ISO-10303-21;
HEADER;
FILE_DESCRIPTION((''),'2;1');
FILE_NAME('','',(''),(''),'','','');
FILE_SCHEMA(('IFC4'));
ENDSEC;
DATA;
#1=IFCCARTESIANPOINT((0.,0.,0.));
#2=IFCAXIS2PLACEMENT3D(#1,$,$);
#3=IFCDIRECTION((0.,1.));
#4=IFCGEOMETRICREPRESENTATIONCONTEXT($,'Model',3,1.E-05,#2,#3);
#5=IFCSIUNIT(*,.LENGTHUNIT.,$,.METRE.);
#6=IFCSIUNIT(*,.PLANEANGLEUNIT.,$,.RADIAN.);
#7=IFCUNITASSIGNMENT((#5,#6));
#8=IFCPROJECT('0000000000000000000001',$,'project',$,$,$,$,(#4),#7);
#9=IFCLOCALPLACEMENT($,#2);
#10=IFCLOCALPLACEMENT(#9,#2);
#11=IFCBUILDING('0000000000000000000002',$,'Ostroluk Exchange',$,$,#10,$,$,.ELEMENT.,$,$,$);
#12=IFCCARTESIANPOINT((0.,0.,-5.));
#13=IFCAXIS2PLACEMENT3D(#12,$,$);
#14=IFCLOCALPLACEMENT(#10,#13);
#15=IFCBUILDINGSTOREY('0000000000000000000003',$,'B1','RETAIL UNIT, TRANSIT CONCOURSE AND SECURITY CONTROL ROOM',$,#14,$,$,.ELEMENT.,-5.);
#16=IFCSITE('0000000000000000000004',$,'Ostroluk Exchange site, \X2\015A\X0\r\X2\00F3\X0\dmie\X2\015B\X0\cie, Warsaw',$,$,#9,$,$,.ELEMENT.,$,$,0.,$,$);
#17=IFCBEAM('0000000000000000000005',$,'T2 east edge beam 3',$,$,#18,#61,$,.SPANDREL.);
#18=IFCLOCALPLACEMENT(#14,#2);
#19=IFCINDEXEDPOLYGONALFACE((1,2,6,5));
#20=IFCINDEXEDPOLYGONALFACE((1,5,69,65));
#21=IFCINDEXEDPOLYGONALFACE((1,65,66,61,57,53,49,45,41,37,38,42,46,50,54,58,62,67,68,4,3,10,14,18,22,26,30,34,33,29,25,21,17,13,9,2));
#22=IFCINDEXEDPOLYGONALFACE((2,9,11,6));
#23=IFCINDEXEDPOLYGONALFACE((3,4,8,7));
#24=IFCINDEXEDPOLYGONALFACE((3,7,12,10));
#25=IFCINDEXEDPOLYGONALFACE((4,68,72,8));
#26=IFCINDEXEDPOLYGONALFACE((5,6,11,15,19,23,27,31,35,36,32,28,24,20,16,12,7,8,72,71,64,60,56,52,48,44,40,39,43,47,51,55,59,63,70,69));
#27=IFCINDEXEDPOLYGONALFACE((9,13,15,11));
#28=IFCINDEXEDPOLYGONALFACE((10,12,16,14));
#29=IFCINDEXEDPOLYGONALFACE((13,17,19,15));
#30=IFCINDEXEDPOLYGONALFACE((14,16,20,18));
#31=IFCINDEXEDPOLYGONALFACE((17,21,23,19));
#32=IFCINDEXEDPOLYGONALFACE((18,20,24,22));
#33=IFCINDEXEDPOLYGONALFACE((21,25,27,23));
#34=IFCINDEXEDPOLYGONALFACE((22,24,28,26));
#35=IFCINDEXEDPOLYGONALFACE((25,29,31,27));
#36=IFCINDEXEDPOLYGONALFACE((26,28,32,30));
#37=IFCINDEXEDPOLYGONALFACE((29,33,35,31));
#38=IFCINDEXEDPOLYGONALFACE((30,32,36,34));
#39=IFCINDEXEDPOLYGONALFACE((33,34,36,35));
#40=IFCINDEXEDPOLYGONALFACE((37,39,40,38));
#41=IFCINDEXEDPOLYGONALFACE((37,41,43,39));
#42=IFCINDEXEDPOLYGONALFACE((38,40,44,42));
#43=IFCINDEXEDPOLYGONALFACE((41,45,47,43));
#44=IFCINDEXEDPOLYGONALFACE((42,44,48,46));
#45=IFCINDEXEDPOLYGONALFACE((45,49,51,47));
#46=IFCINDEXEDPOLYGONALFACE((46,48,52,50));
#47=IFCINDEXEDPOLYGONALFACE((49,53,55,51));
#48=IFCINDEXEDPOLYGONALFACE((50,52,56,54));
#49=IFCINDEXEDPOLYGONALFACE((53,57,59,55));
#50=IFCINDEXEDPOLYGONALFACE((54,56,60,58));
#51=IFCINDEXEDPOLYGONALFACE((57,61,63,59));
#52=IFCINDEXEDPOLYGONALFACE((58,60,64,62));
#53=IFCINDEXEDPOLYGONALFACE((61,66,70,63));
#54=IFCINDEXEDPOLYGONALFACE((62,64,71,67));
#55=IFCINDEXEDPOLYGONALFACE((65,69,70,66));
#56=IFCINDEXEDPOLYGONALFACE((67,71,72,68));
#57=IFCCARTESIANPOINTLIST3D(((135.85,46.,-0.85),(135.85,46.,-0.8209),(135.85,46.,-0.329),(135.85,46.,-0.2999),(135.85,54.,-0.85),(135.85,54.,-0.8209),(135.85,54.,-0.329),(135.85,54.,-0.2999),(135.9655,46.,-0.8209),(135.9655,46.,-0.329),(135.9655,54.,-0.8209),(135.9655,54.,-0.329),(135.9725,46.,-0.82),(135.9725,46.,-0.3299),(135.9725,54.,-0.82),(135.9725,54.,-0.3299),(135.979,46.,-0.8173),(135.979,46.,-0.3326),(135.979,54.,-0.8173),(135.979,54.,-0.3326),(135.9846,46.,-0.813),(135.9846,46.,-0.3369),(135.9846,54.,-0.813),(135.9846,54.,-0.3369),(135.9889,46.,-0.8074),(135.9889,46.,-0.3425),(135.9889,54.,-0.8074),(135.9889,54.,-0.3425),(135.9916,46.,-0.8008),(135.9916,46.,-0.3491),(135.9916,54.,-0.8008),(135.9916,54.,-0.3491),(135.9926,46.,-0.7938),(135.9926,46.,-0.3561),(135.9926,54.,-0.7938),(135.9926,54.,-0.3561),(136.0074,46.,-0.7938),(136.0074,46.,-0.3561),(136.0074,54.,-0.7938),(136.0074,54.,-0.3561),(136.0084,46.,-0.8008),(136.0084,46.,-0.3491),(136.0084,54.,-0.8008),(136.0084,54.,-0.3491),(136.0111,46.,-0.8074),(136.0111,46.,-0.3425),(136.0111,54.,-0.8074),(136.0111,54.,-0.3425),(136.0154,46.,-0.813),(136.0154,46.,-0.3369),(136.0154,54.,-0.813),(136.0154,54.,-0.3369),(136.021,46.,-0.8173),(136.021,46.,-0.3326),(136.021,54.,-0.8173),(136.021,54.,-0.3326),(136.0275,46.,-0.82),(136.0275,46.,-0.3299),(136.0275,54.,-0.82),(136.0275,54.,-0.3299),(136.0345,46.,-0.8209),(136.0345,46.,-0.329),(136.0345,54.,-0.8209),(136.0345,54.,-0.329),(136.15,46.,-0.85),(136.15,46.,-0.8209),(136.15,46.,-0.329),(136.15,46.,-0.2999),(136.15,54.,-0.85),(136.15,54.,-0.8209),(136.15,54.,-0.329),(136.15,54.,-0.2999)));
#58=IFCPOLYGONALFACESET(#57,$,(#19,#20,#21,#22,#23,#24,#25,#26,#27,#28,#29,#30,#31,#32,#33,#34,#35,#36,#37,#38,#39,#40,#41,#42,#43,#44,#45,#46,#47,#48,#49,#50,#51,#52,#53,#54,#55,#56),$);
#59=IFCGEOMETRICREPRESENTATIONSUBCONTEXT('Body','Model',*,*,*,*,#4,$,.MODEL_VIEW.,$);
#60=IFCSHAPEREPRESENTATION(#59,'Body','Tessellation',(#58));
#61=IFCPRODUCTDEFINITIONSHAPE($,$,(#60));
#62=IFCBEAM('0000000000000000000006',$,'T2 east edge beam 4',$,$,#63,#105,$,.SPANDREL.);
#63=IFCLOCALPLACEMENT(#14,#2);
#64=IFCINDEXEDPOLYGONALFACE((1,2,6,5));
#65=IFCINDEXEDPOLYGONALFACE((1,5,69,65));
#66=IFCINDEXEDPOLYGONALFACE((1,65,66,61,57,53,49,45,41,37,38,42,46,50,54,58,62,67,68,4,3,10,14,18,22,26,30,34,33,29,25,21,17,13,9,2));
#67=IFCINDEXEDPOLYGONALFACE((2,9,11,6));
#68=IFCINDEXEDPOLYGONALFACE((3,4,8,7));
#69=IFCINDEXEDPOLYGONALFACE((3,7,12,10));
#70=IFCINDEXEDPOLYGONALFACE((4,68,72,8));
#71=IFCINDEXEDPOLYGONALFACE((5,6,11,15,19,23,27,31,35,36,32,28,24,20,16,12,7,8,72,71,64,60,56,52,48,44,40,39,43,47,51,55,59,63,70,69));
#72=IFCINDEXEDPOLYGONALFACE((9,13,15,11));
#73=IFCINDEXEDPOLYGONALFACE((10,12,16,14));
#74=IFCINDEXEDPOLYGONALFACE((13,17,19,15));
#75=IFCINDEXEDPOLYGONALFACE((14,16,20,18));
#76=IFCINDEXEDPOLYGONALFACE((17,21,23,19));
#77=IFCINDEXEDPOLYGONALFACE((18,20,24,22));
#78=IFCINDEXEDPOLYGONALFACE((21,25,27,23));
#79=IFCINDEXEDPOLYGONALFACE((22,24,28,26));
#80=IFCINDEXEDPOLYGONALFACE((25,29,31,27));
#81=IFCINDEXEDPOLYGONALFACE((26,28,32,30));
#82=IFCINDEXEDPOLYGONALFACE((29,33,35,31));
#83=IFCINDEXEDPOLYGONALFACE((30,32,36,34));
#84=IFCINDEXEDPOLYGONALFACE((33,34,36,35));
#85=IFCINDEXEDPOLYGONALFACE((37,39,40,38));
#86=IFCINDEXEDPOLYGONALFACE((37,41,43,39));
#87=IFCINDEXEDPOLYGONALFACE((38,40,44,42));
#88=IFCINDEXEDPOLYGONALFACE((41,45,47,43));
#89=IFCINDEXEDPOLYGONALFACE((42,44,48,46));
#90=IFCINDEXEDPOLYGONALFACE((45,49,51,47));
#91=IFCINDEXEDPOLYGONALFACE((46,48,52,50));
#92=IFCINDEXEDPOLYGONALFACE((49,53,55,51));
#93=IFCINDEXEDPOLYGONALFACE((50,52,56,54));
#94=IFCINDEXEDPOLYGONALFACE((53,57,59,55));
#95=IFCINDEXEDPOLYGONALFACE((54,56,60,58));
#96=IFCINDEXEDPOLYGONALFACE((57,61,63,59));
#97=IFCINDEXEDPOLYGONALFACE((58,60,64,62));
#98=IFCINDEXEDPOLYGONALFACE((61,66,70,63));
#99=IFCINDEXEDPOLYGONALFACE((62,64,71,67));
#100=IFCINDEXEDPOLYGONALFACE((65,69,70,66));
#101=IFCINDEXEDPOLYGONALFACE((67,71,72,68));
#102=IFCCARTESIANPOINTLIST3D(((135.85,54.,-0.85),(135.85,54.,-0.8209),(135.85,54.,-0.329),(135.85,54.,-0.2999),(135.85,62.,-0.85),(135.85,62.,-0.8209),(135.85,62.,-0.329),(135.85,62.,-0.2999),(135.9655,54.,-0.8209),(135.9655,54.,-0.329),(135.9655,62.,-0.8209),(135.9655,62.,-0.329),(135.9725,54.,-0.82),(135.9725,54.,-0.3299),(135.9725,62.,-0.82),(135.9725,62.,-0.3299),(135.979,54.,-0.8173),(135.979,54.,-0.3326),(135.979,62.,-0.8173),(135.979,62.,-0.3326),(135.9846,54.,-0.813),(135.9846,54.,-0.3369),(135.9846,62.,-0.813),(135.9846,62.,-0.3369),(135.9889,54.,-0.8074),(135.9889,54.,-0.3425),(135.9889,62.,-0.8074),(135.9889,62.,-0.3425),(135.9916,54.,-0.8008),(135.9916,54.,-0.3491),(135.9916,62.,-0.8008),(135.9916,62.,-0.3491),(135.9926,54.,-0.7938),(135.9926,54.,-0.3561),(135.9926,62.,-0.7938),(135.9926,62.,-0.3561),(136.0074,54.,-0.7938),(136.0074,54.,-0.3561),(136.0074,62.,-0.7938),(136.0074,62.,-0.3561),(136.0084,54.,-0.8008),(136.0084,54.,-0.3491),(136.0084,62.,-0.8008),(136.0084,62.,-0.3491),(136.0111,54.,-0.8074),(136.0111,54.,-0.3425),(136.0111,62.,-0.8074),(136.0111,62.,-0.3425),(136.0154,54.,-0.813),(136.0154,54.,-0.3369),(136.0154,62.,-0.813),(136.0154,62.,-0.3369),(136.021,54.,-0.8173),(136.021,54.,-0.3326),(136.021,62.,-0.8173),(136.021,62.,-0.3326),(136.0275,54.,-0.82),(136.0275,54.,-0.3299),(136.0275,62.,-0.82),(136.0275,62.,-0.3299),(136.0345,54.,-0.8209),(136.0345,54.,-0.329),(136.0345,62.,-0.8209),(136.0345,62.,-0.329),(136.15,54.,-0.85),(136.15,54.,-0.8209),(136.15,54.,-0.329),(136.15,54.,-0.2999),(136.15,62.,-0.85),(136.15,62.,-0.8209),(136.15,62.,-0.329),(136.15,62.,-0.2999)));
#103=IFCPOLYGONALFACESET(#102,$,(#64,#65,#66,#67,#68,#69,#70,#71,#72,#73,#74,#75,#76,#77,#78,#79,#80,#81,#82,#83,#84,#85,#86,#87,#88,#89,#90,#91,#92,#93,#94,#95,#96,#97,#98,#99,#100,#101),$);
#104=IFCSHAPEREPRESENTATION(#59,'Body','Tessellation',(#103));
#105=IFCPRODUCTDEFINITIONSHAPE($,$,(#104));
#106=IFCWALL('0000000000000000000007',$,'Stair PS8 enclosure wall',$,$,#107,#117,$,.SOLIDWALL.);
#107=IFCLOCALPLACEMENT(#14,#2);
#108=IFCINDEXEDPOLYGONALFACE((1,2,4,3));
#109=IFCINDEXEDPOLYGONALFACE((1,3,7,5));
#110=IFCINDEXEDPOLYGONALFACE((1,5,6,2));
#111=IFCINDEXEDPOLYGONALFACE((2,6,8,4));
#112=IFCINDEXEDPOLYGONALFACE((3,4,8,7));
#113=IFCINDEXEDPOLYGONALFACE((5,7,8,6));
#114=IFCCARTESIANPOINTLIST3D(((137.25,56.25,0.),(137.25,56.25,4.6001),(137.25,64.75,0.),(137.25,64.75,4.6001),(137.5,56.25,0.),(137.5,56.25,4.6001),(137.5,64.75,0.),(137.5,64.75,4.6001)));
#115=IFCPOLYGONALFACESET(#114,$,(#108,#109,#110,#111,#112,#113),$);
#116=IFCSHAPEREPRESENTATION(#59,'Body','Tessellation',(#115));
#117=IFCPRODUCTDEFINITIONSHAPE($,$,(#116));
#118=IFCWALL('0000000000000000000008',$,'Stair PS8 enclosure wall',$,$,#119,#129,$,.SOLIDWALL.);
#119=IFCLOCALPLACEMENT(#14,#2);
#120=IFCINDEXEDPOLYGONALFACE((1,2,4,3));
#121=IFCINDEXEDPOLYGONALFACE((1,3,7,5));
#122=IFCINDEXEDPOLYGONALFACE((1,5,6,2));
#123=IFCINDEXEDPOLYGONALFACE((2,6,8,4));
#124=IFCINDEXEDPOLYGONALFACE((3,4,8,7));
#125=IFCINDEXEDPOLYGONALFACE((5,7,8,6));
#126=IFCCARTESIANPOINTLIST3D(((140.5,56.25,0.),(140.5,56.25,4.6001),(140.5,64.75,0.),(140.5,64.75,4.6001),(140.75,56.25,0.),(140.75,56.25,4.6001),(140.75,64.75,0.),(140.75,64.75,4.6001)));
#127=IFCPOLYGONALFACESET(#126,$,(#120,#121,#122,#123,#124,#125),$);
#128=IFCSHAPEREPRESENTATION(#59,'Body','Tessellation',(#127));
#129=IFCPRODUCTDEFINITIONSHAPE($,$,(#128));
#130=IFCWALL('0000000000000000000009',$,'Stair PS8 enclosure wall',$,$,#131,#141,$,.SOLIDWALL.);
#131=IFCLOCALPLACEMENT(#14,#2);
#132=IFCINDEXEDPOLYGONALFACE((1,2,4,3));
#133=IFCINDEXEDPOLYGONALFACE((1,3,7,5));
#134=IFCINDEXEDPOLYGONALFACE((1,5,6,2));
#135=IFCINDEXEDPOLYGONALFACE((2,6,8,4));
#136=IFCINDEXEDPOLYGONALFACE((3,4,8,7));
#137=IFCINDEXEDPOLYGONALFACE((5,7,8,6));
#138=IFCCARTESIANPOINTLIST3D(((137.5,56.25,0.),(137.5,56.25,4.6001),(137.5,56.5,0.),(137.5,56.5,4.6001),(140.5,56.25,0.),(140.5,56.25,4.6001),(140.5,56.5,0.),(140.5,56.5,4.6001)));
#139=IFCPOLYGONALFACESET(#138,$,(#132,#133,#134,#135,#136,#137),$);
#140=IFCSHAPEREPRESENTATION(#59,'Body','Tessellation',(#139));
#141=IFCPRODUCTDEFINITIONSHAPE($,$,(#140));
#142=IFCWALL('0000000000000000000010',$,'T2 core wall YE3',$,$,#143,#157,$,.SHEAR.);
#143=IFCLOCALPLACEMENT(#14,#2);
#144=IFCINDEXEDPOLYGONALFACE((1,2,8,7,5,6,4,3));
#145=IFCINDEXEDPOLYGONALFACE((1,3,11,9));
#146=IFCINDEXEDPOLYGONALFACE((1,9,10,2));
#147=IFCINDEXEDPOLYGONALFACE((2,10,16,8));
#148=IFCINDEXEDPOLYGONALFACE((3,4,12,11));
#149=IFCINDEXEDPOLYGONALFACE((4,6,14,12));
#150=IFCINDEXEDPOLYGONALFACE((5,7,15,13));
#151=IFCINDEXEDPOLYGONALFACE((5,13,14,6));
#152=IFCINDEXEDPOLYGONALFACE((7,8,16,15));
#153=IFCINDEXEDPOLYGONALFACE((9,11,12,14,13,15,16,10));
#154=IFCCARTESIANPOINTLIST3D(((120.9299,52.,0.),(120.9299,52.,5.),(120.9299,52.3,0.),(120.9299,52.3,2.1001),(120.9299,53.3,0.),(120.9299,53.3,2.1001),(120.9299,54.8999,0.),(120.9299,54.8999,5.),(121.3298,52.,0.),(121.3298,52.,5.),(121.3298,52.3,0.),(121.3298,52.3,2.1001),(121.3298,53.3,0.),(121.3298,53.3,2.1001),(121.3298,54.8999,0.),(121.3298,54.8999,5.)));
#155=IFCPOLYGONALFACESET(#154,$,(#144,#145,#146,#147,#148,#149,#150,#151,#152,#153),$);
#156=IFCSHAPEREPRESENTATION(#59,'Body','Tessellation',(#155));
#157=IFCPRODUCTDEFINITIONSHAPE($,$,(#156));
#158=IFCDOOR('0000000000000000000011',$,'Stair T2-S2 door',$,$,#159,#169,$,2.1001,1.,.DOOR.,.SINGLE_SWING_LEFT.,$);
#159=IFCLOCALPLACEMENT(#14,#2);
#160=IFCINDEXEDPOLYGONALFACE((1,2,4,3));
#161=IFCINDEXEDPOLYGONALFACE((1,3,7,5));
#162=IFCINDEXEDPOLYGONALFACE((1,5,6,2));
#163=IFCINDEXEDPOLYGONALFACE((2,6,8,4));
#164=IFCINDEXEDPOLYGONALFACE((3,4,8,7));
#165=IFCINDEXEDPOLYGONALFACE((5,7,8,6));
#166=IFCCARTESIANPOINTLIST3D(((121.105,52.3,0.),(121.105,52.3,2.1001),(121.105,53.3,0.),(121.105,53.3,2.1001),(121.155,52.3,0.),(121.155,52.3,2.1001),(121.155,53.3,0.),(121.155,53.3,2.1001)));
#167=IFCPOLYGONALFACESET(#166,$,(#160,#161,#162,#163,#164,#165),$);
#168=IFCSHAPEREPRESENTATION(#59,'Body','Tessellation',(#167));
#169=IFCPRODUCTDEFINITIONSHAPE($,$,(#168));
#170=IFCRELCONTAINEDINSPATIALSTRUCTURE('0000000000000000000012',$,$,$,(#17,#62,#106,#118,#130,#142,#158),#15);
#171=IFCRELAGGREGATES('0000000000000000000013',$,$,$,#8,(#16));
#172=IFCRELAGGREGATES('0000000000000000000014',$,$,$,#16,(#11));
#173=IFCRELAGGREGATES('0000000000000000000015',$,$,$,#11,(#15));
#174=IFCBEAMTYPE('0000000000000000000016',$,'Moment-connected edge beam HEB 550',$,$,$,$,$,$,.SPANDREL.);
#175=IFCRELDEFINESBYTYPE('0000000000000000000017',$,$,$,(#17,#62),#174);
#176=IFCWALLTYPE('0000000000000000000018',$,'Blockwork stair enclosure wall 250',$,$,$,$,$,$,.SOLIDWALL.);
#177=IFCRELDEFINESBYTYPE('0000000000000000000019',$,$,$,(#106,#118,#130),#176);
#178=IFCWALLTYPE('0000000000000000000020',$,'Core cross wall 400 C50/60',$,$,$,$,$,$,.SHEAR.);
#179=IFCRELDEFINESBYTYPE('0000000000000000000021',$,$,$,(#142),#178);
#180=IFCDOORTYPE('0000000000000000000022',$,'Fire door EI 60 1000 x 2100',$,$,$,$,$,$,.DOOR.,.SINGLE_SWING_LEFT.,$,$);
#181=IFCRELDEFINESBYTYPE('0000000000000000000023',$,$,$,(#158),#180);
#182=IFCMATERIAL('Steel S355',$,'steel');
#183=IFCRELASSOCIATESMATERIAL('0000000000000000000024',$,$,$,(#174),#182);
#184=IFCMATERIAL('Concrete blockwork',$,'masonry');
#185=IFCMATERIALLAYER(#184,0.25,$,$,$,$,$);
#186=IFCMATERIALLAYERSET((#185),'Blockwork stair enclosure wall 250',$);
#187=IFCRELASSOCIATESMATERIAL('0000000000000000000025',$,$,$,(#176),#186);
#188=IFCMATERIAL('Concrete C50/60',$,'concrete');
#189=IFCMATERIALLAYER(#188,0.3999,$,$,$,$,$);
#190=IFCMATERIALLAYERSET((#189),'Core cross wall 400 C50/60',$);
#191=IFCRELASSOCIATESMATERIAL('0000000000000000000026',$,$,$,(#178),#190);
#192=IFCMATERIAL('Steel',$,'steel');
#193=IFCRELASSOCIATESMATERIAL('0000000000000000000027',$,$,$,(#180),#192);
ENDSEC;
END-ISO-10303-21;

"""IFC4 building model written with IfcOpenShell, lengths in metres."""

from ifc_helpers import new_model, si_unit, direction, frame, frame_2d, origin, origin_2d, place, context, subcontext, project, spatial, rectangle, i_section, extrude, material, layer, layer_set, material_profile, profile_set, type_object, element, fill, save


model = new_model("IFC4")

# Units and contexts
model_context = context("Model", 3, precision=1e-05, world=origin(), true_north=direction((0.0, 1.0)))
body_context = subcontext(model_context, "Body", "Model", "MODEL_VIEW")
ifc_project = project(units=[si_unit("LENGTHUNIT", "METRE"), si_unit("PLANEANGLEUNIT", "RADIAN")], contexts=[model_context])

# Site, building, storey
site_placement = place(None, origin())
site = spatial("IfcSite", under=ifc_project, at=site_placement, Name="Ostroluk Exchange site, Śródmieście, Warsaw", CompositionType="ELEMENT", RefElevation=0.0)
building_placement = place(site_placement, origin())
building = spatial("IfcBuilding", under=site, at=building_placement, Name="Ostroluk Exchange", CompositionType="ELEMENT")
storey_placement = place(building_placement, frame((0.0, 0.0, -5.0)))
storey = spatial("IfcBuildingStorey", under=building, at=storey_placement, Name="B1", Description="RETAIL UNIT, TRANSIT CONCOURSE AND SECURITY CONTROL ROOM", CompositionType="ELEMENT", Elevation=-5.0)

# Beams
ifc_material_1 = material(Name="Steel S355", Category="steel")
ifc_material_profile_1 = material_profile(ifc_material_1, i_section(OverallWidth=0.3, OverallDepth=0.55, WebThickness=0.0149, FlangeThickness=0.0291, FilletRadius=0.0271, at=origin_2d()), Name="HEB 550")
ifc_profile_set_1 = profile_set([ifc_material_profile_1], Name="Steel S355")
beam_type_1 = type_object("IfcBeamType", Name="Moment-connected edge beam HEB 550", PredefinedType="SPANDREL", material=ifc_profile_set_1)
for number, where, z_axis, x_axis, name in (
    (1, (136.0, 46.0, -0.575), (0.0, 1.0, 0.0), (-1.0, 0.0, 0.0), "T2 east edge beam 3"),
    (2, (136.0, 54.0, -0.575), (0.0, 1.0, 0.0), (-1.0, 0.0, 0.0), "T2 east edge beam 4"),
):
    element("IfcBeam", number, at=place(storey_placement, frame(where, z_axis=z_axis, x_axis=x_axis)), inside=storey, type_object=beam_type_1, Name=name, PredefinedType="SPANDREL", context=body_context, shape_type="SweptSolid", body=[
        extrude(i_section(OverallWidth=0.3, OverallDepth=0.55, WebThickness=0.0149, FlangeThickness=0.0291, FilletRadius=0.0271, at=origin_2d()), origin(), (0.0, 0.0, 1.0), 8.0),
    ])

# Walls
ifc_material_2 = material(Name="Concrete blockwork", Category="masonry")
ifc_layer_1 = layer(ifc_material_2, 0.25)
ifc_layer_set_1 = layer_set([ifc_layer_1], Name="Blockwork stair enclosure wall 250")
wall_type_1 = type_object("IfcWallType", Name="Blockwork stair enclosure wall 250", PredefinedType="SOLIDWALL", material=ifc_layer_set_1)
for number, where, z_axis, x_axis, name in (
    (3, (137.375, 56.25, 0.0), (0.0, 0.0, 1.0), (0.0, 1.0, 0.0), "Stair PS8 enclosure wall"),
    (4, (140.625, 56.25, 0.0), (0.0, 0.0, 1.0), (0.0, 1.0, 0.0), "Stair PS8 enclosure wall"),
):
    element("IfcWall", number, at=place(storey_placement, frame(where, z_axis=z_axis, x_axis=x_axis)), inside=storey, type_object=wall_type_1, Name=name, PredefinedType="SOLIDWALL", context=body_context, shape_type="SweptSolid", body=[
        extrude(rectangle(XDim=8.5, YDim=0.25, at=frame_2d((4.25, 0.0))), origin(), (0.0, 0.0, 1.0), 4.6001),
    ])
wall_1_placement = place(storey_placement, frame((137.5, 56.375, 0.0), z_axis=(0.0, 0.0, 1.0), x_axis=(1.0, 0.0, 0.0)))
element("IfcWall", 5, at=wall_1_placement, inside=storey, type_object=wall_type_1, Name="Stair PS8 enclosure wall", PredefinedType="SOLIDWALL", context=body_context, shape_type="SweptSolid", body=[
    extrude(rectangle(XDim=3.0, YDim=0.25, at=frame_2d((1.5, 0.0))), origin(), (0.0, 0.0, 1.0), 4.6001),
])

# Wall, opening, door
ifc_material_3 = material(Name="Concrete C50/60", Category="concrete")
ifc_layer_2 = layer(ifc_material_3, 0.3999)
ifc_layer_set_2 = layer_set([ifc_layer_2], Name="Core cross wall 400 C50/60")
wall_type_2 = type_object("IfcWallType", Name="Core cross wall 400 C50/60", PredefinedType="SHEAR", material=ifc_layer_set_2)
wall_2_placement = place(storey_placement, frame((121.1299, 52.0, 0.0), z_axis=(0.0, 0.0, 1.0), x_axis=(0.0, 1.0, 0.0)))
wall_2 = element("IfcWall", 6, at=wall_2_placement, inside=storey, type_object=wall_type_2, Name="T2 core wall YE3", PredefinedType="SHEAR", context=body_context, shape_type="SweptSolid", body=[
    extrude(rectangle(XDim=2.8999, YDim=0.3999, at=frame_2d((1.45, 0.0))), origin(), (0.0, 0.0, 1.0), 5.0),
])
opening_1_placement = place(wall_2_placement, frame((0.3, 0.0, 0.0)))
opening_1 = element("IfcOpeningElement", 7, at=opening_1_placement, cuts=wall_2, PredefinedType="OPENING", context=body_context, shape_type="SweptSolid", body=[
    extrude(rectangle(XDim=1.0, YDim=2.1001, at=frame_2d((0.5, 1.05))), frame((0.0, 0.21, 0.0), z_axis=(0.0, -1.0, 0.0), x_axis=(1.0, 0.0, 0.0)), (0.0, 0.0, 1.0), 0.4199),
])
ifc_material_4 = material(Name="Steel", Category="steel")
door_type_1 = type_object("IfcDoorType", Name="Fire door EI 60 1000 x 2100", OperationType="SINGLE_SWING_LEFT", PredefinedType="DOOR", material=ifc_material_4)
door_1_placement = place(opening_1_placement, origin())
door_1 = element("IfcDoor", 8, at=door_1_placement, inside=storey, type_object=door_type_1, Name="Stair T2-S2 door", OperationType="SINGLE_SWING_LEFT", OverallHeight=2.1001, OverallWidth=1.0, PredefinedType="DOOR", context=body_context, shape_type="SweptSolid", body=[
    extrude(rectangle(XDim=1.0, YDim=2.1001, at=frame_2d((0.5, 1.05))), frame((0.0, 0.0249, 0.0), z_axis=(0.0, -1.0, 0.0), x_axis=(1.0, 0.0, 0.0)), (0.0, 0.0, 1.0), 0.05),
])
fill(opening_1, door_1)

save(model, "model.ifc")
